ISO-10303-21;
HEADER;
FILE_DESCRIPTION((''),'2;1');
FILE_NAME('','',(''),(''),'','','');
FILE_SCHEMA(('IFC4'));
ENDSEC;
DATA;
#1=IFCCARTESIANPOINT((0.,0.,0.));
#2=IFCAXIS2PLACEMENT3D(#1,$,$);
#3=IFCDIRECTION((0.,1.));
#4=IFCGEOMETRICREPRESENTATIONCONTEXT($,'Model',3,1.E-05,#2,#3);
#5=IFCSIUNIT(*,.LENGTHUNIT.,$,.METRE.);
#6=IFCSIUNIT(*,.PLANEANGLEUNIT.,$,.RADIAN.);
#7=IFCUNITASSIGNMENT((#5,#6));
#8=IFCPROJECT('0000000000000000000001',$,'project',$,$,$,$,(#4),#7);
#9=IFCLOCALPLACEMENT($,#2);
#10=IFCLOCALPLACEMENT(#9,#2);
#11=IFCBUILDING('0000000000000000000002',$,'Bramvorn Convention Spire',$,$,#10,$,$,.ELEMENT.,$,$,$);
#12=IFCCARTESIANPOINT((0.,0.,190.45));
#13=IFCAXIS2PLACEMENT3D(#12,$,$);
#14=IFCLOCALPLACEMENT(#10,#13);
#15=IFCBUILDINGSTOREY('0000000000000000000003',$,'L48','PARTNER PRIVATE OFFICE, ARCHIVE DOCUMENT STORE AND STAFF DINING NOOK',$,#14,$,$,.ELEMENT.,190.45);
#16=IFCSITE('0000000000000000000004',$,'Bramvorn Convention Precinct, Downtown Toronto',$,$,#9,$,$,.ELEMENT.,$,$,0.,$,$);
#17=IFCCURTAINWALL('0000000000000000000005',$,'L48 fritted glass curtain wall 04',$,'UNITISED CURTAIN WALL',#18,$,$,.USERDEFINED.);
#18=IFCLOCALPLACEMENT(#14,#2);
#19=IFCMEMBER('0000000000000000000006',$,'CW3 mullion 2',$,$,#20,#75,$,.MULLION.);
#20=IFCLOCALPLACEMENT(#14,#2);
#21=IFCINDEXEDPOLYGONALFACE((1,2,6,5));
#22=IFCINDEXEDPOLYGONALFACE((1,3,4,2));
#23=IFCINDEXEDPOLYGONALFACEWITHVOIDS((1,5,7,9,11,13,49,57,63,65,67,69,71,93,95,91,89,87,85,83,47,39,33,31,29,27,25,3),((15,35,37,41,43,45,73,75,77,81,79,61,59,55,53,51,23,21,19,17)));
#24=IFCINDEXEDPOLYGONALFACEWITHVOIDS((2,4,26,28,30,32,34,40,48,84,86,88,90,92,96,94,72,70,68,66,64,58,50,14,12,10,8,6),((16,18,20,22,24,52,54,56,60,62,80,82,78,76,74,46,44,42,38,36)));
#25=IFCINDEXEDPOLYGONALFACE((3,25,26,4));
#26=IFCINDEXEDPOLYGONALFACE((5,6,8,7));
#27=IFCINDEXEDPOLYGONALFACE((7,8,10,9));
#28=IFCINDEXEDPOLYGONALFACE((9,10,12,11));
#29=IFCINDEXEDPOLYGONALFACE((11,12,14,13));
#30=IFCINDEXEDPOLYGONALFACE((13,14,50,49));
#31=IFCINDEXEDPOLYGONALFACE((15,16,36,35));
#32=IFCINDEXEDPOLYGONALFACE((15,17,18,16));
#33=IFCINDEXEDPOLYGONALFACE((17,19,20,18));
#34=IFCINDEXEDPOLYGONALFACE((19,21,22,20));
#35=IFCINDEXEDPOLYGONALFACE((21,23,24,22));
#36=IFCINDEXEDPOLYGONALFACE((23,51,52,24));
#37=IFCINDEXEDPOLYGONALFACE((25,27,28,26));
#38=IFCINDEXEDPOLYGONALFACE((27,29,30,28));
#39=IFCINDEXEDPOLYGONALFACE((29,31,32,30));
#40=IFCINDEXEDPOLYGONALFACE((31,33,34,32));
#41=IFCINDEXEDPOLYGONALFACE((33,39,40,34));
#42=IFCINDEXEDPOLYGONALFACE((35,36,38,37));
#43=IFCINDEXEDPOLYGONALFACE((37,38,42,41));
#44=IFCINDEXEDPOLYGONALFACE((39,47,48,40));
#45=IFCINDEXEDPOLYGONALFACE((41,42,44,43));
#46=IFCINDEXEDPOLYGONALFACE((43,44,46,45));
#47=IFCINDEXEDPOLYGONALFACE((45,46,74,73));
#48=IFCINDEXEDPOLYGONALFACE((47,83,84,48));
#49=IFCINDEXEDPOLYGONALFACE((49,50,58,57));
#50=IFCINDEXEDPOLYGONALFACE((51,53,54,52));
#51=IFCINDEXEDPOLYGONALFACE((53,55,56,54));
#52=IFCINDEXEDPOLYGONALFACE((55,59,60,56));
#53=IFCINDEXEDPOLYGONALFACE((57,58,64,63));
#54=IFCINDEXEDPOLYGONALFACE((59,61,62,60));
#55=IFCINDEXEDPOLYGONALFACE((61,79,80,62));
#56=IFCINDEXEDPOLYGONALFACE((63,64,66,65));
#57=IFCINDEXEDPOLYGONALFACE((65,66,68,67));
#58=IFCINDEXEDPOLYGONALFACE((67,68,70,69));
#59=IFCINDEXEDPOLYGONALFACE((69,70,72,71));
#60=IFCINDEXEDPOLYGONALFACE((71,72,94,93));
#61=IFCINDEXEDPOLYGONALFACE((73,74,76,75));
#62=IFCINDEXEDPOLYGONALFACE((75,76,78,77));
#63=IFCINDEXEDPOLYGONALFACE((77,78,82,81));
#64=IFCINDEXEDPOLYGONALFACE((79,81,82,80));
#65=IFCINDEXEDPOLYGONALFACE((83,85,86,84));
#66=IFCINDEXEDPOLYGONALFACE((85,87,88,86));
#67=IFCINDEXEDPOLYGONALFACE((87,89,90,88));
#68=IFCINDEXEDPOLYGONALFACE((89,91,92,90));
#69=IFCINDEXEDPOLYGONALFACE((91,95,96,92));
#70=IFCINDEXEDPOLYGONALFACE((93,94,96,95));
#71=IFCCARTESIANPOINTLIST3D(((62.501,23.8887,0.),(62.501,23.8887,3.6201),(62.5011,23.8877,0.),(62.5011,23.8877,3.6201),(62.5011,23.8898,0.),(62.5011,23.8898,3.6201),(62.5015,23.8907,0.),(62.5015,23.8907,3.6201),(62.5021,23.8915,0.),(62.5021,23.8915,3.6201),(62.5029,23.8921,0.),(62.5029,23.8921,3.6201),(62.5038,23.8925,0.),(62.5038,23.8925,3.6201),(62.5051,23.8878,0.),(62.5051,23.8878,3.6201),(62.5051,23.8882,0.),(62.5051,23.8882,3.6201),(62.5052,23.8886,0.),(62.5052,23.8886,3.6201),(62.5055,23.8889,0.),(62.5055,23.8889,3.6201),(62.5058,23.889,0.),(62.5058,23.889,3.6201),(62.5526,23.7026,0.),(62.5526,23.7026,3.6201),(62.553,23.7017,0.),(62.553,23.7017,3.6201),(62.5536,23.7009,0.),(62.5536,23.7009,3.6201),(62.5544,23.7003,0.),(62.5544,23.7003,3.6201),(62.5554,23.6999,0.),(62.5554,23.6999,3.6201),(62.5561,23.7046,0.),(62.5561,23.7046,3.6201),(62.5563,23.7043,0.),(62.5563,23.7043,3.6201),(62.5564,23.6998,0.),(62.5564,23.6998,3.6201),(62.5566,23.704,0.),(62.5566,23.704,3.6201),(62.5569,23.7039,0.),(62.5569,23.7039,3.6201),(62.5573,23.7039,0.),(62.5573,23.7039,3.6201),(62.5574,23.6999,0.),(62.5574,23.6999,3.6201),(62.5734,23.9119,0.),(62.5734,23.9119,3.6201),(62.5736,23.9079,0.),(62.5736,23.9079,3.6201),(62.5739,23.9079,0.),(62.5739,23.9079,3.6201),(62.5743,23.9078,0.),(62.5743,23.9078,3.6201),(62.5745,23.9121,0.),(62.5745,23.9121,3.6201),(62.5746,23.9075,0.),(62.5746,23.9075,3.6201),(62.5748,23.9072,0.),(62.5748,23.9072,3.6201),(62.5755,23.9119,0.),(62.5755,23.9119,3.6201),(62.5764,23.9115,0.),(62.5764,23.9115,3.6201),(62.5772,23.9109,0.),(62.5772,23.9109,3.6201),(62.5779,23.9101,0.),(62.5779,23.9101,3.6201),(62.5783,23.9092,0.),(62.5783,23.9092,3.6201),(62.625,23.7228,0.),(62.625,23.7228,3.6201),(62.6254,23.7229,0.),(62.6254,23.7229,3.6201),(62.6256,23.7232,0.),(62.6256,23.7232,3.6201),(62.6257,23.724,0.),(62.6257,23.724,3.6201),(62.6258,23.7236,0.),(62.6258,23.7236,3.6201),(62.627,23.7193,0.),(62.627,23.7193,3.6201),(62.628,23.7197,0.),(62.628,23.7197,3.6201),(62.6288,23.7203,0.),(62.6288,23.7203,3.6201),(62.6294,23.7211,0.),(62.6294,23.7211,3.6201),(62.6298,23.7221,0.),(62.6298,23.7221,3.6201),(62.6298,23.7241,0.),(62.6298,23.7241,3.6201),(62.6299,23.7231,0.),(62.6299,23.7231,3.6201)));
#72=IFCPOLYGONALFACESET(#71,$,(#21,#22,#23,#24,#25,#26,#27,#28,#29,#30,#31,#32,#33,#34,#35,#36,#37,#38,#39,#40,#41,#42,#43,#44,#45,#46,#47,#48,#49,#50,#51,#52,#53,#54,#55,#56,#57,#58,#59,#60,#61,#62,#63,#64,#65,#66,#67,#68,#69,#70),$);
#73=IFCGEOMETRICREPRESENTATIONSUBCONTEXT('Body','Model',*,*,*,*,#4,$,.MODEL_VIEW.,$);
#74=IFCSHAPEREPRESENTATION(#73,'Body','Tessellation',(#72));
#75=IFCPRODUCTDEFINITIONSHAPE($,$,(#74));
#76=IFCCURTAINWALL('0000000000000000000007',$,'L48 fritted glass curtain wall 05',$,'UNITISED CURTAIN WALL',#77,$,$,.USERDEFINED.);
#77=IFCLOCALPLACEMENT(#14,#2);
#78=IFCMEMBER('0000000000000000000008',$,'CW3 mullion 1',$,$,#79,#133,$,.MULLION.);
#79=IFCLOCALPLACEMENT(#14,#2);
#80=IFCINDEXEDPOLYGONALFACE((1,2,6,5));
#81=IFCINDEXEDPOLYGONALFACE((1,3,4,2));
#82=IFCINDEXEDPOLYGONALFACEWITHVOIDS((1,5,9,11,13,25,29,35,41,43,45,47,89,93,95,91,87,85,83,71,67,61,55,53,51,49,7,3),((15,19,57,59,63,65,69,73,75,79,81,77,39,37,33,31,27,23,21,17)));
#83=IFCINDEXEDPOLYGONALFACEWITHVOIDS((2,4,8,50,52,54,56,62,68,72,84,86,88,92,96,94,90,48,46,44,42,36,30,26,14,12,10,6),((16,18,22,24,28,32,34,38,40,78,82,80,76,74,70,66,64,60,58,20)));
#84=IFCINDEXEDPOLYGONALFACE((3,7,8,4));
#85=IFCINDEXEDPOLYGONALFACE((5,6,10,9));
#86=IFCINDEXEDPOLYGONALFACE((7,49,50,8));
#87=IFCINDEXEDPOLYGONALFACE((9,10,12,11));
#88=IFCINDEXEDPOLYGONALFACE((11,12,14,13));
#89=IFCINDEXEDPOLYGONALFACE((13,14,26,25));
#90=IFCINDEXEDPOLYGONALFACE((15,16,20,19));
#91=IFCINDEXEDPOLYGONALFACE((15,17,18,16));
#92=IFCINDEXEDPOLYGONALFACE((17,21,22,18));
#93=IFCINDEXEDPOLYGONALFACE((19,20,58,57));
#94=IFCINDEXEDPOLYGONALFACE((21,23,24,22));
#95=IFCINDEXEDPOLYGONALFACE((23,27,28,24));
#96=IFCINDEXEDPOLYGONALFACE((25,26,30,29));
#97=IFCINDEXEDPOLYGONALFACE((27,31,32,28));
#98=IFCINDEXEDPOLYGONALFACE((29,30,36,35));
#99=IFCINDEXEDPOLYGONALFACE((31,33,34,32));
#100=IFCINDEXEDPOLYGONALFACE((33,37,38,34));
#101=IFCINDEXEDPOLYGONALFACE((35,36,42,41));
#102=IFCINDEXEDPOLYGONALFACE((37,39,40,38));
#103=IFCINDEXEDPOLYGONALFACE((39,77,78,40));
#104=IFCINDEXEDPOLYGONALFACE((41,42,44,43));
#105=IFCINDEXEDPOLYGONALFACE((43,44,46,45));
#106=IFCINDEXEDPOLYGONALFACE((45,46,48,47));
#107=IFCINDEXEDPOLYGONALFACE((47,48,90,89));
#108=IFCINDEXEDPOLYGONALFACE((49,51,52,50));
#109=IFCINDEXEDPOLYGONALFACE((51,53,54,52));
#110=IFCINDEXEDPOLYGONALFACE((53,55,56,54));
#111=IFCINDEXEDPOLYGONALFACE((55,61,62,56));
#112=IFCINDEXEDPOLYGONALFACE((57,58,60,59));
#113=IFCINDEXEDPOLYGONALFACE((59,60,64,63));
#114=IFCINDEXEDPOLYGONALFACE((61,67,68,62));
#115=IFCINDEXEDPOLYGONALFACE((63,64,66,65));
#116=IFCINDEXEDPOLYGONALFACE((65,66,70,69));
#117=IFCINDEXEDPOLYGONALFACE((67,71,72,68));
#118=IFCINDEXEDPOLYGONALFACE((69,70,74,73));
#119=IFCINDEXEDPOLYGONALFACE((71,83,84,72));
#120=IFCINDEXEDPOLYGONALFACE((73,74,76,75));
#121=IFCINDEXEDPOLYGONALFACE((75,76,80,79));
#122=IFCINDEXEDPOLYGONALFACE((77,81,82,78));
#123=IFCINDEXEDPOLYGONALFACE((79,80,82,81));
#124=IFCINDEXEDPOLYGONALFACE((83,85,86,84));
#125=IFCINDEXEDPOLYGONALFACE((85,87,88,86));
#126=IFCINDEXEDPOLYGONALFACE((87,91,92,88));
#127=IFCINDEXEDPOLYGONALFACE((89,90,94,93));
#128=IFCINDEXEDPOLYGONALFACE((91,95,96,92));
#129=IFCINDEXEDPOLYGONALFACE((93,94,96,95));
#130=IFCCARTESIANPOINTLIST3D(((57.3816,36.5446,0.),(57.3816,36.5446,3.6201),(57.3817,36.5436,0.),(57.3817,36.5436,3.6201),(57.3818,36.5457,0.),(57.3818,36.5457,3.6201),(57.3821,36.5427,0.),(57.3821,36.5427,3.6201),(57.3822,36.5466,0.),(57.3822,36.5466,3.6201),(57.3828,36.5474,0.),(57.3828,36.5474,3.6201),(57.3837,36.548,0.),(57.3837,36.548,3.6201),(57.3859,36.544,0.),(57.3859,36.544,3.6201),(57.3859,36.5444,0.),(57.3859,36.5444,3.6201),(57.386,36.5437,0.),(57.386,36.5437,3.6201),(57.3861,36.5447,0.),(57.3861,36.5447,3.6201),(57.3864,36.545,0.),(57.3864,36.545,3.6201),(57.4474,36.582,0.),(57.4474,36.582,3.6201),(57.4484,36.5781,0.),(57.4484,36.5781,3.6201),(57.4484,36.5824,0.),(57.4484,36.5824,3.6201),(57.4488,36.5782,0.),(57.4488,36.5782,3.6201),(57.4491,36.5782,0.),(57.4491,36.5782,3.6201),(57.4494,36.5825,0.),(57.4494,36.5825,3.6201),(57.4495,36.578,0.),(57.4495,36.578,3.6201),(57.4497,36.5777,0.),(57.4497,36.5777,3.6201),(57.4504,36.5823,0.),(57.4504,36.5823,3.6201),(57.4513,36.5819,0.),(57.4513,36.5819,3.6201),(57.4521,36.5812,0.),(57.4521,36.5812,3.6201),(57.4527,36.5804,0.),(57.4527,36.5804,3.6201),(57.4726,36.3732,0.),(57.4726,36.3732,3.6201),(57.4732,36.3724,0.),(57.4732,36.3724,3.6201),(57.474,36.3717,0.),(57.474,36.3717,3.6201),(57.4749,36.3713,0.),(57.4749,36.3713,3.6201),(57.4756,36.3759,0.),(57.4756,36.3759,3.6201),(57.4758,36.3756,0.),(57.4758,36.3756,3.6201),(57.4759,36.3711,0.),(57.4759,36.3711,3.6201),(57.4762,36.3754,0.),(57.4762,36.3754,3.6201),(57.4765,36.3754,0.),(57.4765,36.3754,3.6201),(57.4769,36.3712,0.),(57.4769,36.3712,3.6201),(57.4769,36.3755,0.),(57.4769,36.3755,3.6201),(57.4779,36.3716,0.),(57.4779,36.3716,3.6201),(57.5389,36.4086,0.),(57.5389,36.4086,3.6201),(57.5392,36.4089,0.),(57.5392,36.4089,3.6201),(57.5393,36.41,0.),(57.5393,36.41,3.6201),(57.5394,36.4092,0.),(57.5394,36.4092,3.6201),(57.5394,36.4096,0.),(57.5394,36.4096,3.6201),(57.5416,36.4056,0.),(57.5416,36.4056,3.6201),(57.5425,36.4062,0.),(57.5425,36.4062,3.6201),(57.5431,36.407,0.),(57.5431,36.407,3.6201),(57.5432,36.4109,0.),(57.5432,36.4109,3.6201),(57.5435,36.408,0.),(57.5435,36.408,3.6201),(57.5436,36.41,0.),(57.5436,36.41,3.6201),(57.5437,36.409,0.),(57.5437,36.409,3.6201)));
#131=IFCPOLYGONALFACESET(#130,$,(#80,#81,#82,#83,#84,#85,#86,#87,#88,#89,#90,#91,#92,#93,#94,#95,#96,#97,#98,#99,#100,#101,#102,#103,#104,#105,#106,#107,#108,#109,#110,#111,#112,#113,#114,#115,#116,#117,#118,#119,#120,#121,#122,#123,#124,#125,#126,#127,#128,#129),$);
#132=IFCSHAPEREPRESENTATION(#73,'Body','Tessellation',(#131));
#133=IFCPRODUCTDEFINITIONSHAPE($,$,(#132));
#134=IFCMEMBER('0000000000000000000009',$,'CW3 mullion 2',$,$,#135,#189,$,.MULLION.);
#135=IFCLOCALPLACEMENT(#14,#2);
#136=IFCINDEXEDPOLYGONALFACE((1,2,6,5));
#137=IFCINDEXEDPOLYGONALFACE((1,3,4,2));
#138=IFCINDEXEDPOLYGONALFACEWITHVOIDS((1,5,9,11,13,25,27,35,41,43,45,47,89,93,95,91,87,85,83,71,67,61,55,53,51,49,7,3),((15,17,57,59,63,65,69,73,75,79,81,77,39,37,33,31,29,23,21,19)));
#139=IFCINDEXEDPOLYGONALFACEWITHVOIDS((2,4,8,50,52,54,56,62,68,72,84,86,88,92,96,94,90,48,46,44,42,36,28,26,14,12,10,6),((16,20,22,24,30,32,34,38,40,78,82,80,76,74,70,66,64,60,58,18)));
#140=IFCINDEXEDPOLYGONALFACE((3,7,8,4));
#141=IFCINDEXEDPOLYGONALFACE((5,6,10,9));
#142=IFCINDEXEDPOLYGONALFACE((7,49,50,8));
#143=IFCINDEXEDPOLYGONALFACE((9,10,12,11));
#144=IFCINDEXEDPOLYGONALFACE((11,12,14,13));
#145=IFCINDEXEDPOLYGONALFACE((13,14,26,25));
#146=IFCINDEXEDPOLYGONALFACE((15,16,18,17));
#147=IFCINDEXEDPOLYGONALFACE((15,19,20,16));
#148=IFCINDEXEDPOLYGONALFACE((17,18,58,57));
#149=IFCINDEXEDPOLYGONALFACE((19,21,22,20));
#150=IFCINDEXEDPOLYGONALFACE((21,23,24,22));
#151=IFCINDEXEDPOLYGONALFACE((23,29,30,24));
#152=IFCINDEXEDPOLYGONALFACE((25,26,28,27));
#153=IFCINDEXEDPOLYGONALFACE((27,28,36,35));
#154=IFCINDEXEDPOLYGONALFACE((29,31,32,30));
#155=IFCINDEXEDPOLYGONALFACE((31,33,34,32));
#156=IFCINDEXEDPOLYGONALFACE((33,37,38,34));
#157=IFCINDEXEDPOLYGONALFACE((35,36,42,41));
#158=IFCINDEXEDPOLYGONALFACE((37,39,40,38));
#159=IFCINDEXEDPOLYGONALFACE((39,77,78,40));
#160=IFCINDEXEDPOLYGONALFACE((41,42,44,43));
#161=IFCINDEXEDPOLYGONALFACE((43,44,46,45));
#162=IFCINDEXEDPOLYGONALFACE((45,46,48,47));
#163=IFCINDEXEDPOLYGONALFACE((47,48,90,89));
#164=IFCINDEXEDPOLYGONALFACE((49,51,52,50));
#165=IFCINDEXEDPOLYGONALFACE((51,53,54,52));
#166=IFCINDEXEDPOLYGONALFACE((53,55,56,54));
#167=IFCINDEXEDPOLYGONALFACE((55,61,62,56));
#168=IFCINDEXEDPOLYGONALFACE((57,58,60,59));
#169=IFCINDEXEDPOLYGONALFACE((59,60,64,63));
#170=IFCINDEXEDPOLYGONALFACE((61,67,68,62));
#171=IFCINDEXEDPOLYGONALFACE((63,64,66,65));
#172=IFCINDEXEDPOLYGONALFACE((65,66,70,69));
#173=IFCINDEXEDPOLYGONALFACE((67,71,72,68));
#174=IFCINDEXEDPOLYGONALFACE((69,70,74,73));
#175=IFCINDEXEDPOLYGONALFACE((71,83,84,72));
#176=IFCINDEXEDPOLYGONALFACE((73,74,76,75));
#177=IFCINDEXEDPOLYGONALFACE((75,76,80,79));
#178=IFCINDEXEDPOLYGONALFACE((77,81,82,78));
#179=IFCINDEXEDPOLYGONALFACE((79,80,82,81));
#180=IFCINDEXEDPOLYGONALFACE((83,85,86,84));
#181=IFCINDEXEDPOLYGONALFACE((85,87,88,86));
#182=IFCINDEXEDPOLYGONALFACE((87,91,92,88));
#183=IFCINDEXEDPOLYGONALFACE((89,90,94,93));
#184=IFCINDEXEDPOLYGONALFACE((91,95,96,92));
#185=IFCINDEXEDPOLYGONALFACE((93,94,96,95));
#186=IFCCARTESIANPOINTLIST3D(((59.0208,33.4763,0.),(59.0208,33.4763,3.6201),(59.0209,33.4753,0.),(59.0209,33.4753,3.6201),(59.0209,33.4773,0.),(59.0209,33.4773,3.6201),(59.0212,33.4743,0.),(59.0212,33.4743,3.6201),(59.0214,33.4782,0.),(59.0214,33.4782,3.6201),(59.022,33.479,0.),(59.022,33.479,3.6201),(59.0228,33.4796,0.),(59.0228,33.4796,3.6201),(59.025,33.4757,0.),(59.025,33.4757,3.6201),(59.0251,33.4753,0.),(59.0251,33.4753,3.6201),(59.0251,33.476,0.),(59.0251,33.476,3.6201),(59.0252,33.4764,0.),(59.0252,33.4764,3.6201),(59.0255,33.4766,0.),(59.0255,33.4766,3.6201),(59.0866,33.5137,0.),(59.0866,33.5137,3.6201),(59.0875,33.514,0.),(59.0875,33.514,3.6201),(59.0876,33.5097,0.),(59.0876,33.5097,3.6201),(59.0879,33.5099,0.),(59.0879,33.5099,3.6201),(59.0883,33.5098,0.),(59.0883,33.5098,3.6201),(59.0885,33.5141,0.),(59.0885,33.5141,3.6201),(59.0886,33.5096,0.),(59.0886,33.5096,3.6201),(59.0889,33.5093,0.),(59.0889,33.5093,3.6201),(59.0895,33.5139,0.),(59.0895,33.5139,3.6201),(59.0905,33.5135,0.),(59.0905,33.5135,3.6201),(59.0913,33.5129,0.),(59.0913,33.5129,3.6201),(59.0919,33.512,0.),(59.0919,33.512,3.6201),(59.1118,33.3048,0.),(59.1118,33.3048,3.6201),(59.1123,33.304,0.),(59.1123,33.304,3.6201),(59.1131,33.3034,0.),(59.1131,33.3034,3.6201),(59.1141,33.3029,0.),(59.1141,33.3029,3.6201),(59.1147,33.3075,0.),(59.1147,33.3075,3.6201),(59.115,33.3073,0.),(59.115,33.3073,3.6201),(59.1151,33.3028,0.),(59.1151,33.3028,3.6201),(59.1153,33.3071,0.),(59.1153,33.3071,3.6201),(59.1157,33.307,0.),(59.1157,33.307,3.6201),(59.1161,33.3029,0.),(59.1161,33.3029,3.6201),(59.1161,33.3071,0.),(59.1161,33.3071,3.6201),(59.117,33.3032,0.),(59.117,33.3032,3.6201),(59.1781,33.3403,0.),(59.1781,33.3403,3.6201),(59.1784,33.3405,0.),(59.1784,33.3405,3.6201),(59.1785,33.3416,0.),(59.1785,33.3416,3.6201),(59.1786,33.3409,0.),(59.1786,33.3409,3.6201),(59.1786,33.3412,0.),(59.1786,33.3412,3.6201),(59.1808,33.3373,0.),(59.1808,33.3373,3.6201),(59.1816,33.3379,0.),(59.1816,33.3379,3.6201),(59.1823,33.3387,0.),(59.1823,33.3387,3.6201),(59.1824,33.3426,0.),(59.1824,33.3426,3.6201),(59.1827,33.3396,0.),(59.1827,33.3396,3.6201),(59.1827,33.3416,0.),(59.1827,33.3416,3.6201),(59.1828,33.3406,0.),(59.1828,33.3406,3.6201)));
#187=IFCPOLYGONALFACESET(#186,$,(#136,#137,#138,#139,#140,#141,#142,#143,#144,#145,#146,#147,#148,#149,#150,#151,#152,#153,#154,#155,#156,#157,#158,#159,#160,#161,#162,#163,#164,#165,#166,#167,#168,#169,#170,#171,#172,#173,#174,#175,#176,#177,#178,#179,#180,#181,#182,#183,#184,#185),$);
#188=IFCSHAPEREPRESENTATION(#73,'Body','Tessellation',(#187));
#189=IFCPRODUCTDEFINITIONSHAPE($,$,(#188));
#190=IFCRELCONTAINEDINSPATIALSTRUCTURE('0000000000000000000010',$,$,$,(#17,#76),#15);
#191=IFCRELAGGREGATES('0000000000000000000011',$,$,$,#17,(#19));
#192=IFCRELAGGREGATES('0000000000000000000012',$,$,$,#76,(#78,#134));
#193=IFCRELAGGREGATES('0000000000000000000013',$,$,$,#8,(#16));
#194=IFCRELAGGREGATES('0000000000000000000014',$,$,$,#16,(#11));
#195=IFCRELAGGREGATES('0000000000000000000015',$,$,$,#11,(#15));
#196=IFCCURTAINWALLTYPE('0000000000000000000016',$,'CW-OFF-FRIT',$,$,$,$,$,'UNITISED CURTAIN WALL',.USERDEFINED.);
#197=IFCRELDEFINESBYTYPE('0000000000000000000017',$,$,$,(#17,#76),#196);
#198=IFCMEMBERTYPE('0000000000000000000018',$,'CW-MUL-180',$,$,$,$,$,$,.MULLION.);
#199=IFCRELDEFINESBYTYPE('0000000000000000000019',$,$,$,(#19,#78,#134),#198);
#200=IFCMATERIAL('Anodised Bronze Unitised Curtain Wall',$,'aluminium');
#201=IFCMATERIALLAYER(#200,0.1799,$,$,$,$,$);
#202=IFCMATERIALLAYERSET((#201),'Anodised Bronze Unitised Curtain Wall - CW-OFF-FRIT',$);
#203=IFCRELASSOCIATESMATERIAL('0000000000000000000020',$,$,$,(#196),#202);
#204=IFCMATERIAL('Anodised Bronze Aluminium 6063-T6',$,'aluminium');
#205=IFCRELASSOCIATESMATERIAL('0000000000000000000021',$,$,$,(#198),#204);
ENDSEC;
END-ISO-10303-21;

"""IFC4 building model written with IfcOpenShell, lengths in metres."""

from ifc_helpers import new_model, si_unit, direction, frame, origin, origin_2d, place, context, subcontext, project, spatial, hollow_rectangle, extrude, material, layer, layer_set, material_profile, profile_set, type_object, element, aggregate, save


model = new_model("IFC4")

# Units and contexts
model_context = context("Model", 3, precision=1e-05, world=origin(), true_north=direction((0.0, 1.0)))
body_context = subcontext(model_context, "Body", "Model", "MODEL_VIEW")
ifc_project = project(units=[si_unit("LENGTHUNIT", "METRE"), si_unit("PLANEANGLEUNIT", "RADIAN")], contexts=[model_context])

# Site, building, storey
site_placement = place(None, origin())
site = spatial("IfcSite", under=ifc_project, at=site_placement, Name="Bramvorn Convention Precinct, Downtown Toronto", CompositionType="ELEMENT", RefElevation=0.0)
building_placement = place(site_placement, origin())
building = spatial("IfcBuilding", under=site, at=building_placement, Name="Bramvorn Convention Spire", CompositionType="ELEMENT")
storey_placement = place(building_placement, frame((0.0, 0.0, 190.45)))
storey = spatial("IfcBuildingStorey", under=building, at=storey_placement, Name="L48", Description="PARTNER PRIVATE OFFICE, ARCHIVE DOCUMENT STORE AND STAFF DINING NOOK", CompositionType="ELEMENT", Elevation=190.45)

# Curtain walls, members
ifc_material_1 = material(Name="Anodised Bronze Unitised Curtain Wall", Category="aluminium")
ifc_layer_1 = layer(ifc_material_1, 0.1799)
ifc_layer_set_1 = layer_set([ifc_layer_1], Name="Anodised Bronze Unitised Curtain Wall - CW-OFF-FRIT")
curtain_wall_type = type_object("IfcCurtainWallType", Name="CW-OFF-FRIT", ElementType="UNITISED CURTAIN WALL", PredefinedType="USERDEFINED", material=ifc_layer_set_1)
curtain_wall_1_placement = place(storey_placement, origin())
curtain_wall_1 = element("IfcCurtainWall", 1, at=curtain_wall_1_placement, inside=storey, type_object=curtain_wall_type, Name="L48 fritted glass curtain wall 04", ObjectType="UNITISED CURTAIN WALL", PredefinedType="USERDEFINED")
ifc_material_2 = material(Name="Anodised Bronze Aluminium 6063-T6", Category="aluminium")
ifc_material_profile_1 = material_profile(ifc_material_2, hollow_rectangle(XDim=0.0801, YDim=0.2, WallThickness=0.0039, InnerFilletRadius=0.001, OuterFilletRadius=0.0039, at=origin_2d()))
ifc_profile_set_1 = profile_set([ifc_material_profile_1], Name="Anodised Bronze Aluminium 6063-T6 - CWM80X200")
member_type_1 = type_object("IfcMemberType", Name="CW-MUL-180", PredefinedType="MULLION", material=ifc_profile_set_1)
member_1_placement = place(storey_placement, frame((62.5654, 23.8059, 0.0), z_axis=(0.0, 0.0, 1.0), x_axis=(0.963413, 0.268022, 0.0)))
member_1 = element("IfcMember", 2, at=member_1_placement, type_object=member_type_1, Name="CW3 mullion 2", PredefinedType="MULLION", context=body_context, shape_type="SweptSolid", body=[
    extrude(hollow_rectangle(XDim=0.0801, YDim=0.2, WallThickness=0.0039, InnerFilletRadius=0.001, OuterFilletRadius=0.0039, at=origin_2d()), origin(), (0.0, 0.0, 1.0), 3.6201),
])
curtain_wall_2_placement = place(storey_placement, origin())
curtain_wall_2 = element("IfcCurtainWall", 3, at=curtain_wall_2_placement, inside=storey, type_object=curtain_wall_type, Name="L48 fritted glass curtain wall 05", ObjectType="UNITISED CURTAIN WALL", PredefinedType="USERDEFINED")
member_2_placement = place(storey_placement, frame((57.4626, 36.4768, 0.0), z_axis=(0.0, 0.0, 1.0), x_axis=(0.88205, 0.471156, 0.0)))
member_2 = element("IfcMember", 4, at=member_2_placement, type_object=member_type_1, Name="CW3 mullion 1", PredefinedType="MULLION", context=body_context, shape_type="SweptSolid", body=[
    extrude(hollow_rectangle(XDim=0.0801, YDim=0.2, WallThickness=0.0039, InnerFilletRadius=0.001, OuterFilletRadius=0.0039, at=origin_2d()), origin(), (0.0, 0.0, 1.0), 3.6201),
])
member_3_placement = place(storey_placement, frame((59.1018, 33.4084, 0.0), z_axis=(0.0, 0.0, 1.0), x_axis=(0.88205, 0.471156, 0.0)))
member_3 = element("IfcMember", 5, at=member_3_placement, type_object=member_type_1, Name="CW3 mullion 2", PredefinedType="MULLION", context=body_context, shape_type="SweptSolid", body=[
    extrude(hollow_rectangle(XDim=0.0801, YDim=0.2, WallThickness=0.0039, InnerFilletRadius=0.001, OuterFilletRadius=0.0039, at=origin_2d()), origin(), (0.0, 0.0, 1.0), 3.6201),
])

aggregate(curtain_wall_1, [member_1])
aggregate(curtain_wall_2, [member_2, member_3])

save(model, "model.ifc")
